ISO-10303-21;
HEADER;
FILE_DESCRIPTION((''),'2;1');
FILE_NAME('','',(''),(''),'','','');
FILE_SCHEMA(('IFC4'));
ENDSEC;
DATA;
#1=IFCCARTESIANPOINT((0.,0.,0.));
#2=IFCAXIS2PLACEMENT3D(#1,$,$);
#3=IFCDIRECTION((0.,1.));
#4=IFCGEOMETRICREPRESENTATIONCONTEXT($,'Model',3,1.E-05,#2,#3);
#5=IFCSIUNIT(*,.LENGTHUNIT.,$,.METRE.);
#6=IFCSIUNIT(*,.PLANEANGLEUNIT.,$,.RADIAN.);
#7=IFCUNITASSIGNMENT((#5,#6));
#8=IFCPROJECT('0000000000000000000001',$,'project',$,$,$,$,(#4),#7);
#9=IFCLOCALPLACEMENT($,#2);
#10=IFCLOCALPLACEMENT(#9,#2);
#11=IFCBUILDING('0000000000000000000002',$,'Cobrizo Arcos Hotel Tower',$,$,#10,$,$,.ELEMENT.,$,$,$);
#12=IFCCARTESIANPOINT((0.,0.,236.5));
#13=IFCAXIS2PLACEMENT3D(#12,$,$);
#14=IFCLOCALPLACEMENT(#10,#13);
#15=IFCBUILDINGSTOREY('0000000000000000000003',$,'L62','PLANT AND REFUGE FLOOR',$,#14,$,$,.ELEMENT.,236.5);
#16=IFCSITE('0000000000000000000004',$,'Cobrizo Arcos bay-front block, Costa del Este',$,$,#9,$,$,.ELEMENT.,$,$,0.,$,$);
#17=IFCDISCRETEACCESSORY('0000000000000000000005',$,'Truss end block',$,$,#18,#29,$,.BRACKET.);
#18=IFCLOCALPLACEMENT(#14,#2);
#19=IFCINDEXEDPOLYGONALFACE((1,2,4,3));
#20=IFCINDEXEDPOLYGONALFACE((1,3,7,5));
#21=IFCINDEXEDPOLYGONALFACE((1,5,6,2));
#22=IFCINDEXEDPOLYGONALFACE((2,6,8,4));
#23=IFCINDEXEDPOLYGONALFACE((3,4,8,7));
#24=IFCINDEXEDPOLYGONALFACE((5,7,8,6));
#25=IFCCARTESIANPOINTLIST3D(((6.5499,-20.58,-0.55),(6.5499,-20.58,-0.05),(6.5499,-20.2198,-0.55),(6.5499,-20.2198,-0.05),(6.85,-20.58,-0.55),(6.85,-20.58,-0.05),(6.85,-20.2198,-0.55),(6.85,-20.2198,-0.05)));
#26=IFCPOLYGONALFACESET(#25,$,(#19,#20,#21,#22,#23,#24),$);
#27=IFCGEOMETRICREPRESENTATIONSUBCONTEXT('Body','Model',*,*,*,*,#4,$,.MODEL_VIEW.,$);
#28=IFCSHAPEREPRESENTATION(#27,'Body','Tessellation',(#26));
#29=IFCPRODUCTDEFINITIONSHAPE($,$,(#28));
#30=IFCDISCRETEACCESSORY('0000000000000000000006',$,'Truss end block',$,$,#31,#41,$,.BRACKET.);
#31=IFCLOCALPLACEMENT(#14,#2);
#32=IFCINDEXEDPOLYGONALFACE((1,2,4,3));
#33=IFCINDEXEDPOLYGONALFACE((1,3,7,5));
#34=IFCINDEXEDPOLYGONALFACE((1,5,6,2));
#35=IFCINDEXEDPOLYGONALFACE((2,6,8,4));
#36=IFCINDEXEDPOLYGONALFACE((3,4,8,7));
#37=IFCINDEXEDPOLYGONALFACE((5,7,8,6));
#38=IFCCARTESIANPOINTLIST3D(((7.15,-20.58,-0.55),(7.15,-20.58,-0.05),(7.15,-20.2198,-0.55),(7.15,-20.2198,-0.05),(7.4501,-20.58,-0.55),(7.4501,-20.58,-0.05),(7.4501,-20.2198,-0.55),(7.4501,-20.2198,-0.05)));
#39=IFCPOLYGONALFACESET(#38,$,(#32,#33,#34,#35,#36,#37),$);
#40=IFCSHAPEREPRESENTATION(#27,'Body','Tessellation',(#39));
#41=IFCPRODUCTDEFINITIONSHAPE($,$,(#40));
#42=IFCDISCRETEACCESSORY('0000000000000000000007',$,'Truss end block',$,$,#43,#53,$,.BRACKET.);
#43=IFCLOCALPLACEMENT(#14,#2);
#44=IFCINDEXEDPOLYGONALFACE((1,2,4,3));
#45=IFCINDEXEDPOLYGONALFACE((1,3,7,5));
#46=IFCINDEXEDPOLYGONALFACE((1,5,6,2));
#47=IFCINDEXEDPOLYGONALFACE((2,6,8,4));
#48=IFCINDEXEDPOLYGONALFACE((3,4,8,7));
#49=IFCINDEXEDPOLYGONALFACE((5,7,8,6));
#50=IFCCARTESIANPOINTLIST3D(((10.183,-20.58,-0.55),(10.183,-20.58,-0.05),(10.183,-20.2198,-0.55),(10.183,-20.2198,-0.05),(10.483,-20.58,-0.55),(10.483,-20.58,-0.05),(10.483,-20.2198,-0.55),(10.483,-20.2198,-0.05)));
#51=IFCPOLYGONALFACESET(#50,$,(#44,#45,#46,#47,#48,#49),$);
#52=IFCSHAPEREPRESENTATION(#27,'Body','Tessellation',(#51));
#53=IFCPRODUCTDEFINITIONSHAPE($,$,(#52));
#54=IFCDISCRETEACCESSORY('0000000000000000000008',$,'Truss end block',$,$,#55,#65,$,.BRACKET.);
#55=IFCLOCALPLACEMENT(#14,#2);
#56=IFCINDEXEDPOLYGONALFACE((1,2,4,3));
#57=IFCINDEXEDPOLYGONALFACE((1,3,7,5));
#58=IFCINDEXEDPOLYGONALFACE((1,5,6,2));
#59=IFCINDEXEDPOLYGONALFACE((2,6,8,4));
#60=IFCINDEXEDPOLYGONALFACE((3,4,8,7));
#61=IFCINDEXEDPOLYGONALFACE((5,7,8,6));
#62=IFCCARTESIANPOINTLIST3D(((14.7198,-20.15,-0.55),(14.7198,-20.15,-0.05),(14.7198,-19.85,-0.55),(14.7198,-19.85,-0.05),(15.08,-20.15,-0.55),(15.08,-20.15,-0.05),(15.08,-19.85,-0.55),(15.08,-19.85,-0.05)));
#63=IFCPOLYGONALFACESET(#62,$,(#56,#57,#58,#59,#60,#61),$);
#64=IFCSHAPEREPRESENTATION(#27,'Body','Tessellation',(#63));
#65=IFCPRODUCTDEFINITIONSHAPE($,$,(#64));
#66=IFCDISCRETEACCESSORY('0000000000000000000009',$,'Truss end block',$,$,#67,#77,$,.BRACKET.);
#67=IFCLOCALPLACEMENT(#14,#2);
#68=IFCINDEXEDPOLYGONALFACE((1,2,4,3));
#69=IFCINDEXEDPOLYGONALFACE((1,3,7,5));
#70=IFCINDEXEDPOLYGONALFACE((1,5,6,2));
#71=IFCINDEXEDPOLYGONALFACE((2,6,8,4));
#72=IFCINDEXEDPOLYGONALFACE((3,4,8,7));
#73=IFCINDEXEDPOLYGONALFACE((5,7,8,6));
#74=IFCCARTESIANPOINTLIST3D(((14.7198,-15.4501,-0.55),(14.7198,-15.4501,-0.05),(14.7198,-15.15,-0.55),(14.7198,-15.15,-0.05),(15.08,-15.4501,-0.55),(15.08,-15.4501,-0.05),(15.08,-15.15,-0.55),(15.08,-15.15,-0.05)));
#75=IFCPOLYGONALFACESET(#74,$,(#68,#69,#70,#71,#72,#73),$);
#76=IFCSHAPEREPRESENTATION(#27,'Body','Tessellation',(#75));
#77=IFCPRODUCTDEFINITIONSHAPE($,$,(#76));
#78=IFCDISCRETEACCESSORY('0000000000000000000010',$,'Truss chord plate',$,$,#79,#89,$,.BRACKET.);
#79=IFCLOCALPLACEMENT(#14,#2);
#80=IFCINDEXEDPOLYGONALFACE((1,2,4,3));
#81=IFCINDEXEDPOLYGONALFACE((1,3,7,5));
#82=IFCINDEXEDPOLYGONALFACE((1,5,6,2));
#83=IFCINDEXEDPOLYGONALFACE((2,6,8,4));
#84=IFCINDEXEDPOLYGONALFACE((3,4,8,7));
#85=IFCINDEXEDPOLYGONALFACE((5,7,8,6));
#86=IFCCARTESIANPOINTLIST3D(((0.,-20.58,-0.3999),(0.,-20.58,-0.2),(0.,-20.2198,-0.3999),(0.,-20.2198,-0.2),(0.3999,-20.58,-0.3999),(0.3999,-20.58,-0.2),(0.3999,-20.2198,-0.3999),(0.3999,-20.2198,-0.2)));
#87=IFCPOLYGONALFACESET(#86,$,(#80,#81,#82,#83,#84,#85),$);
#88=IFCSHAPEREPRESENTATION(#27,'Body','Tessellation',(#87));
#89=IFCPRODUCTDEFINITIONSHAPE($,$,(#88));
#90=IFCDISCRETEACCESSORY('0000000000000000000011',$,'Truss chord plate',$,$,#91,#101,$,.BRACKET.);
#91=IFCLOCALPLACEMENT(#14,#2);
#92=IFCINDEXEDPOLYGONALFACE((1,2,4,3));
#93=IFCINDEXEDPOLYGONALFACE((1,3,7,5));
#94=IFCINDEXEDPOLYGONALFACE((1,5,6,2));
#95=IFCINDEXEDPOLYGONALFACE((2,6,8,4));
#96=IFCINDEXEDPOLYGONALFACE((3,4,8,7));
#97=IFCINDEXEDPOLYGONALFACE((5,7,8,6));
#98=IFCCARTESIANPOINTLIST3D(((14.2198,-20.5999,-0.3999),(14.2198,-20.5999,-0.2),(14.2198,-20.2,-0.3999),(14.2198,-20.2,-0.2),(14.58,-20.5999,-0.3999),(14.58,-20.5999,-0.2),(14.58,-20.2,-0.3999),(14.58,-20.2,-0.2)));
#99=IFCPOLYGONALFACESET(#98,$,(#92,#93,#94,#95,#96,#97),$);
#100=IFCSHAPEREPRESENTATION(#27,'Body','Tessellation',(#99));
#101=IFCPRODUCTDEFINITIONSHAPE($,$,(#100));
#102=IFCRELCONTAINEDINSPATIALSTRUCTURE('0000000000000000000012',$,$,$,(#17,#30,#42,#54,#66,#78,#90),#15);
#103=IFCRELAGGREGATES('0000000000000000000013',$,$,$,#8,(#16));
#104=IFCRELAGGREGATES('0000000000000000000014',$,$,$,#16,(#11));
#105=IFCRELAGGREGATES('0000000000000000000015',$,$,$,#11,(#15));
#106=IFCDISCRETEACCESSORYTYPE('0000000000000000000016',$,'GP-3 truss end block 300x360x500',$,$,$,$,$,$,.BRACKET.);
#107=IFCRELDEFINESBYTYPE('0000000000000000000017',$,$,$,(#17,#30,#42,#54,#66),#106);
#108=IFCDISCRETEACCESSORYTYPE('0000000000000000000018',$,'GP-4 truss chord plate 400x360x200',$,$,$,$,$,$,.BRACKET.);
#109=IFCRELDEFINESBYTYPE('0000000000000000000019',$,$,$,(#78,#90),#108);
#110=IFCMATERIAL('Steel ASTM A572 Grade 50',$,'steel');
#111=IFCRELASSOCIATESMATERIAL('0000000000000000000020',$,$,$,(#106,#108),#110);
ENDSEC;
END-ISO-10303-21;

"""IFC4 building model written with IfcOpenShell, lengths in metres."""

from ifc_helpers import new_model, si_unit, direction, frame, origin, origin_2d, place, context, subcontext, project, spatial, rectangle, extrude, material, type_object, element, save


model = new_model("IFC4")

# Units and contexts
model_context = context("Model", 3, precision=1e-05, world=origin(), true_north=direction((0.0, 1.0)))
body_context = subcontext(model_context, "Body", "Model", "MODEL_VIEW")
ifc_project = project(units=[si_unit("LENGTHUNIT", "METRE"), si_unit("PLANEANGLEUNIT", "RADIAN")], contexts=[model_context])

# Site, building, storey
site_placement = place(None, origin())
site = spatial("IfcSite", under=ifc_project, at=site_placement, Name="Cobrizo Arcos bay-front block, Costa del Este", CompositionType="ELEMENT", RefElevation=0.0)
building_placement = place(site_placement, origin())
building = spatial("IfcBuilding", under=site, at=building_placement, Name="Cobrizo Arcos Hotel Tower", CompositionType="ELEMENT")
storey_placement = place(building_placement, frame((0.0, 0.0, 236.5)))
storey = spatial("IfcBuildingStorey", under=building, at=storey_placement, Name="L62", Description="PLANT AND REFUGE FLOOR", CompositionType="ELEMENT", Elevation=236.5)

# Shared definitions
ifc_material_1 = material(Name="Steel ASTM A572 Grade 50", Category="steel")

# Discrete accessories
discrete_accessory_type_1 = type_object("IfcDiscreteAccessoryType", Name="GP-3 truss end block 300x360x500", PredefinedType="BRACKET", material=ifc_material_1)
for number, where, z_axis, x_axis, name in (
    (1, (6.7, -20.3999, -0.55), (0.0, 0.0, 1.0), (-1.0, 0.0, 0.0), "Truss end block"),
    (2, (7.3, -20.3999, -0.55), (0.0, 0.0, 1.0), (1.0, 0.0, 0.0), "Truss end block"),
    (3, (10.333, -20.3999, -0.55), (0.0, 0.0, 1.0), (1.0, 0.0, 0.0), "Truss end block"),
    (4, (14.8999, -20.0, -0.55), (0.0, 0.0, 1.0), (0.0, 1.0, 0.0), "Truss end block"),
    (5, (14.8999, -15.3, -0.55), (0.0, 0.0, 1.0), (0.0, -1.0, 0.0), "Truss end block"),
):
    element("IfcDiscreteAccessory", number, at=place(storey_placement, frame(where, z_axis=z_axis, x_axis=x_axis)), inside=storey, type_object=discrete_accessory_type_1, Name=name, PredefinedType="BRACKET", context=body_context, shape_type="SweptSolid", body=[
        extrude(rectangle(XDim=0.3, YDim=0.3601, at=origin_2d()), origin(), (0.0, 0.0, 1.0), 0.5),
    ])
discrete_accessory_type_2 = type_object("IfcDiscreteAccessoryType", Name="GP-4 truss chord plate 400x360x200", PredefinedType="BRACKET", material=ifc_material_1)
for number, where, z_axis, x_axis, name in (
    (6, (0.2, -20.3999, -0.3999), (0.0, 0.0, 1.0), (1.0, 0.0, 0.0), "Truss chord plate"),
    (7, (14.3999, -20.3999, -0.3999), (0.0, 0.0, 1.0), (0.0, 1.0, 0.0), "Truss chord plate"),
):
    element("IfcDiscreteAccessory", number, at=place(storey_placement, frame(where, z_axis=z_axis, x_axis=x_axis)), inside=storey, type_object=discrete_accessory_type_2, Name=name, PredefinedType="BRACKET", context=body_context, shape_type="SweptSolid", body=[
        extrude(rectangle(XDim=0.3999, YDim=0.3601, at=origin_2d()), origin(), (0.0, 0.0, 1.0), 0.2),
    ])

save(model, "model.ifc")
